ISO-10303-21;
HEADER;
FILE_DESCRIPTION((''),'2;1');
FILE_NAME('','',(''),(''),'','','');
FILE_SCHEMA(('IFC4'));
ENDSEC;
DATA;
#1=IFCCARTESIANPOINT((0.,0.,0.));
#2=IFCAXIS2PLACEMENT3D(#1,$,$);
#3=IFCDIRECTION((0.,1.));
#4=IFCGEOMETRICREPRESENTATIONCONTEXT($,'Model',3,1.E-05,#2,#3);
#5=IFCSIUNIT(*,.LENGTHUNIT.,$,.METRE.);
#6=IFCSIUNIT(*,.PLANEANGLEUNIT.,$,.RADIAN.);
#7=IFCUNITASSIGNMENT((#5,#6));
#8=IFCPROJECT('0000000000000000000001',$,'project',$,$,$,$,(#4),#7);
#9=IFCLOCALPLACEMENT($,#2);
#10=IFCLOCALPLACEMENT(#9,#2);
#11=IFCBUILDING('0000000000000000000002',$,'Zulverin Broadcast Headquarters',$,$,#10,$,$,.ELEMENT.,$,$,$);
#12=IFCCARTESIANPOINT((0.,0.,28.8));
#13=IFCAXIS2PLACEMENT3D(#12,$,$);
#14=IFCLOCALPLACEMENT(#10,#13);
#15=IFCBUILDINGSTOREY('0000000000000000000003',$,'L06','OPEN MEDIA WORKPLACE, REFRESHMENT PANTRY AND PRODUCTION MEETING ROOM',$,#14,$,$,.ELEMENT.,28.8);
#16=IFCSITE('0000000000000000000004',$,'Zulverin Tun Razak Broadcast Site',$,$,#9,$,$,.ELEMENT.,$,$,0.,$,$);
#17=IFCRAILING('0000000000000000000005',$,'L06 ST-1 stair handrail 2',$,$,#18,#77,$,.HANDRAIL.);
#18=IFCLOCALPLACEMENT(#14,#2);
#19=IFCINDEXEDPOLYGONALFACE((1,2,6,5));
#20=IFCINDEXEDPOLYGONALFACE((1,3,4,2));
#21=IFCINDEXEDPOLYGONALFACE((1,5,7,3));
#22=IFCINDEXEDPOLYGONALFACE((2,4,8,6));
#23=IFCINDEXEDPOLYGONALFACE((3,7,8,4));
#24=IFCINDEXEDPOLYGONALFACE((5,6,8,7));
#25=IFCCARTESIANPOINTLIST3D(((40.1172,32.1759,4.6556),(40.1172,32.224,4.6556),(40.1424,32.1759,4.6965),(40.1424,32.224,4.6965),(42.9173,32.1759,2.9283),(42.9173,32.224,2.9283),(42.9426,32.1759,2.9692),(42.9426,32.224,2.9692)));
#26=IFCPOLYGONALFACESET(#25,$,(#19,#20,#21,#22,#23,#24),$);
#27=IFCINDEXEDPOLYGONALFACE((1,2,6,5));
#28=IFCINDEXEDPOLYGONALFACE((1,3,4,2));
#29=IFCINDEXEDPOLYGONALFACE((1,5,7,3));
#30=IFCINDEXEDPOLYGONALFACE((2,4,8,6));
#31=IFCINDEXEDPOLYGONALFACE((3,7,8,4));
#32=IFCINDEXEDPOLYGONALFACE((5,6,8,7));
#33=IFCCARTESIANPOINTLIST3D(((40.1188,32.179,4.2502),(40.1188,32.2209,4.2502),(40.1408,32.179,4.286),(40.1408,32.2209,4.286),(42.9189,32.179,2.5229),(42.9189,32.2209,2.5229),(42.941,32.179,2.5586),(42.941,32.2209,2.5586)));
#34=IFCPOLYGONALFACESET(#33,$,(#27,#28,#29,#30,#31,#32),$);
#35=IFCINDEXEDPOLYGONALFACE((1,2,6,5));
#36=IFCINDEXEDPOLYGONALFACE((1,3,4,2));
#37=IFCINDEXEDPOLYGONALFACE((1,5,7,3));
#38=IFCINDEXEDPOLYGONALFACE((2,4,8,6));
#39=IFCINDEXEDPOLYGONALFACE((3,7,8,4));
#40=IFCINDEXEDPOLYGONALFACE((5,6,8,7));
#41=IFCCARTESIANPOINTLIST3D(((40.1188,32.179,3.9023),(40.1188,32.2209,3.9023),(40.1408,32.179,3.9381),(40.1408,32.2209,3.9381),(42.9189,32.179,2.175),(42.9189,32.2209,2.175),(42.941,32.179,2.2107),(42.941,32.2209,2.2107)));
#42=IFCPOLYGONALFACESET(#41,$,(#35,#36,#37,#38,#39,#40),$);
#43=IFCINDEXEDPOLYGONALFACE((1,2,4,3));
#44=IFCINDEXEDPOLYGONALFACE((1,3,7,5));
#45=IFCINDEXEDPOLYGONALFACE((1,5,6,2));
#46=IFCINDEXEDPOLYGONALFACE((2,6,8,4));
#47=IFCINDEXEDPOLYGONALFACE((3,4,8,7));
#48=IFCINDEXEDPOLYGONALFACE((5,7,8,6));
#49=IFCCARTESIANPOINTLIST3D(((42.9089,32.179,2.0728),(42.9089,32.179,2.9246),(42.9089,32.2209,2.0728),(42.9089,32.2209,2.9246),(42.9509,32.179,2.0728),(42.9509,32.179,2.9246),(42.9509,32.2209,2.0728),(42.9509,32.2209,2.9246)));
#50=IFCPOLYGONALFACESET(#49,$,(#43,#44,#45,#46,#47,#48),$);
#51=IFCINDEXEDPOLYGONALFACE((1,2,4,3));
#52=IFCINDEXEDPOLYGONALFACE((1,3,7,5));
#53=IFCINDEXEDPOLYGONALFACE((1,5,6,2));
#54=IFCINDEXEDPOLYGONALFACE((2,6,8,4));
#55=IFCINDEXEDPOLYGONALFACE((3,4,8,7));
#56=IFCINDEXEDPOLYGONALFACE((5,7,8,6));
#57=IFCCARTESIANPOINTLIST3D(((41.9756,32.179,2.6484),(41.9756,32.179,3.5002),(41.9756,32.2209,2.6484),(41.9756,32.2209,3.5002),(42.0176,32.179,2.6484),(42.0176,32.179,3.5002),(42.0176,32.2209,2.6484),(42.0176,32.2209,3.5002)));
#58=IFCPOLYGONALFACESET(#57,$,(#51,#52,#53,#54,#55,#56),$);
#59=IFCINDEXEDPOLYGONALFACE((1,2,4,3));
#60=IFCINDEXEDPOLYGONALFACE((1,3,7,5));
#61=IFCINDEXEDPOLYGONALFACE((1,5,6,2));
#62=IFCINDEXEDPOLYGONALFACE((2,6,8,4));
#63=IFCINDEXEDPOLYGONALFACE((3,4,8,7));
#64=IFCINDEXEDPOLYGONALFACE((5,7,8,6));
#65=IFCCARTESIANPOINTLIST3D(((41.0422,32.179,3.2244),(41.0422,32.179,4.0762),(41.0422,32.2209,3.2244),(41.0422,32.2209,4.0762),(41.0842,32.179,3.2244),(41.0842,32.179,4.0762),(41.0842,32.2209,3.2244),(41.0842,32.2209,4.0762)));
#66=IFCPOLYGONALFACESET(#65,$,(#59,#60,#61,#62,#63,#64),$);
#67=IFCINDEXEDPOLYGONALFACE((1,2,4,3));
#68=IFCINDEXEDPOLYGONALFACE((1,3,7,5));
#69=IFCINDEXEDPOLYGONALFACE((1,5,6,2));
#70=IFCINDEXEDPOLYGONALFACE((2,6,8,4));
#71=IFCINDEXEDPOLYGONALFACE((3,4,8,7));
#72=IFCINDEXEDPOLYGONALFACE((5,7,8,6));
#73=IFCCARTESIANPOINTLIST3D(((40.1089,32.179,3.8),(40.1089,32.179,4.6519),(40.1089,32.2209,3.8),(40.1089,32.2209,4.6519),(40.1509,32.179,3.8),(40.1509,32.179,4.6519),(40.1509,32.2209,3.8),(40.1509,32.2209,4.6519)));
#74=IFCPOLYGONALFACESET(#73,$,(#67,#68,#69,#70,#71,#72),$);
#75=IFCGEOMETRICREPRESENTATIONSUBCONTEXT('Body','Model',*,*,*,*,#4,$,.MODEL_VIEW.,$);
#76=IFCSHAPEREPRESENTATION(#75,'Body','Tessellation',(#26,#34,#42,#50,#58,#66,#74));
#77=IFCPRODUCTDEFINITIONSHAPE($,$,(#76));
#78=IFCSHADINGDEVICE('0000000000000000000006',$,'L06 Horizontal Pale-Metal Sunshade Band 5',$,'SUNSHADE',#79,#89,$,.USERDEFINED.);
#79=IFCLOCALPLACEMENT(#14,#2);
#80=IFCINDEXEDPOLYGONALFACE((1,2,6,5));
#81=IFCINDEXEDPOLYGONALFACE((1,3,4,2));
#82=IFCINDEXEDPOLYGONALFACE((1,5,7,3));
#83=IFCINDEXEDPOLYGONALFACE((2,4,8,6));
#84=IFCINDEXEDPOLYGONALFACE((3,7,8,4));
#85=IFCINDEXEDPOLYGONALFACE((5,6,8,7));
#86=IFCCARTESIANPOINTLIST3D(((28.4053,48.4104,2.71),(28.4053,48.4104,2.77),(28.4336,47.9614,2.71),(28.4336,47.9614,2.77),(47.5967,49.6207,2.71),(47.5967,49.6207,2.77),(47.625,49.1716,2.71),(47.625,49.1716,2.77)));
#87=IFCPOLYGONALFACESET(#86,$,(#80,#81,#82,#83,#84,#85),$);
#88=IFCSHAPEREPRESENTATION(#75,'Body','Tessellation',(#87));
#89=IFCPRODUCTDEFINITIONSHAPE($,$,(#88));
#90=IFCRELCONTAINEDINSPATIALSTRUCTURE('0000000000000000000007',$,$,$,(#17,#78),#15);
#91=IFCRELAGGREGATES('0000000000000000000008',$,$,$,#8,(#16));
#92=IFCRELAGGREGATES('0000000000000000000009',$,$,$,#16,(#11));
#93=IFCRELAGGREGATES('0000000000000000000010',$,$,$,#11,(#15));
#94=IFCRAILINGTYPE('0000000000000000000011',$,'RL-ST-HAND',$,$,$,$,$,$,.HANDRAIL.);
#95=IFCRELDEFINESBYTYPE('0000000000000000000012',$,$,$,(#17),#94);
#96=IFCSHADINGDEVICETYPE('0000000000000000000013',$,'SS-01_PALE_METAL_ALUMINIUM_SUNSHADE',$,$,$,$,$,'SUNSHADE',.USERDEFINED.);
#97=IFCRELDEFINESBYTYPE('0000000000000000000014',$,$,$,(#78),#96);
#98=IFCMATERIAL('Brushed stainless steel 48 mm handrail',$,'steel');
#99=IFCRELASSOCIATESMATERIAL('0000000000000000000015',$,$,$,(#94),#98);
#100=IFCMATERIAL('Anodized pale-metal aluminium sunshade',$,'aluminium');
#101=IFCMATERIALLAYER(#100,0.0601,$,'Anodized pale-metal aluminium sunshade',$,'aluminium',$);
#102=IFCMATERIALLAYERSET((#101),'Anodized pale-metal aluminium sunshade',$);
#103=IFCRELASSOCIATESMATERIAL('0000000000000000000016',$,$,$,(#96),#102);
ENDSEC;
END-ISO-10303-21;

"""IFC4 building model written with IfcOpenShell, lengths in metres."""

from ifc_helpers import new_model, si_unit, direction, frame, origin, origin_2d, place, context, subcontext, project, spatial, rectangle, extrude, material, layer, layer_set, type_object, element, save


model = new_model("IFC4")

# Units and contexts
model_context = context("Model", 3, precision=1e-05, world=origin(), true_north=direction((0.0, 1.0)))
body_context = subcontext(model_context, "Body", "Model", "MODEL_VIEW")
ifc_project = project(units=[si_unit("LENGTHUNIT", "METRE"), si_unit("PLANEANGLEUNIT", "RADIAN")], contexts=[model_context])

# Site, building, storey
site_placement = place(None, origin())
site = spatial("IfcSite", under=ifc_project, at=site_placement, Name="Zulverin Tun Razak Broadcast Site", CompositionType="ELEMENT", RefElevation=0.0)
building_placement = place(site_placement, origin())
building = spatial("IfcBuilding", under=site, at=building_placement, Name="Zulverin Broadcast Headquarters", CompositionType="ELEMENT")
storey_placement = place(building_placement, frame((0.0, 0.0, 28.8)))
storey = spatial("IfcBuildingStorey", under=building, at=storey_placement, Name="L06", Description="OPEN MEDIA WORKPLACE, REFRESHMENT PANTRY AND PRODUCTION MEETING ROOM", CompositionType="ELEMENT", Elevation=28.8)

# Railing
ifc_material_1 = material(Name="Brushed stainless steel 48 mm handrail", Category="steel")
railing_type_1 = type_object("IfcRailingType", Name="RL-ST-HAND", PredefinedType="HANDRAIL", material=ifc_material_1)
railing_1_placement = place(storey_placement, frame((42.9299, 32.2, 2.0728)))
element("IfcRailing", 1, at=railing_1_placement, inside=storey, type_object=railing_type_1, Name="L06 ST-1 stair handrail 2", PredefinedType="HANDRAIL", context=body_context, shape_type="SweptSolid", body=[
    extrude(rectangle(XDim=0.0481, YDim=0.0481, at=origin_2d()), frame((0.0, 0.0, 0.876), z_axis=(-0.85109, 0.0, 0.52502), x_axis=(0.0, -1.0, 0.0)), (0.0, 0.0, 1.0), 3.29),
    extrude(rectangle(XDim=0.042, YDim=0.042, at=origin_2d()), frame((0.0, 0.0, 0.468), z_axis=(-0.85109, 0.0, 0.52502), x_axis=(0.0, -1.0, 0.0)), (0.0, 0.0, 1.0), 3.29),
    extrude(rectangle(XDim=0.042, YDim=0.042, at=origin_2d()), frame((0.0, 0.0, 0.1201), z_axis=(-0.85109, 0.0, 0.52502), x_axis=(0.0, -1.0, 0.0)), (0.0, 0.0, 1.0), 3.29),
    extrude(rectangle(XDim=0.042, YDim=0.042, at=origin_2d()), origin(), (0.0, 0.0, 1.0), 0.8518),
    extrude(rectangle(XDim=0.042, YDim=0.042, at=origin_2d()), frame((-0.9333, 0.0, 0.5757)), (0.0, 0.0, 1.0), 0.8518),
    extrude(rectangle(XDim=0.042, YDim=0.042, at=origin_2d()), frame((-1.8667, 0.0, 1.1516)), (0.0, 0.0, 1.0), 0.8518),
    extrude(rectangle(XDim=0.042, YDim=0.042, at=origin_2d()), frame((-2.8, 0.0, 1.7273)), (0.0, 0.0, 1.0), 0.8518),
])

# Shading device
ifc_material_2 = material(Name="Anodized pale-metal aluminium sunshade", Category="aluminium")
ifc_layer_1 = layer(ifc_material_2, 0.0601, Name="Anodized pale-metal aluminium sunshade", Category="aluminium")
ifc_layer_set_1 = layer_set([ifc_layer_1], Name="Anodized pale-metal aluminium sunshade")
shading_device_type = type_object("IfcShadingDeviceType", Name="SS-01_PALE_METAL_ALUMINIUM_SUNSHADE", ElementType="SUNSHADE", PredefinedType="USERDEFINED", material=ifc_layer_set_1)
shading_device_placement = place(storey_placement, frame((38.0151, 48.791, 2.71), z_axis=(0.0, 0.0, 1.0), x_axis=(-0.998018, -0.062935, 0.0)))
element("IfcShadingDevice", 2, at=shading_device_placement, inside=storey, type_object=shading_device_type, Name="L06 Horizontal Pale-Metal Sunshade Band 5", ObjectType="SUNSHADE", PredefinedType="USERDEFINED", context=body_context, shape_type="SweptSolid", body=[
    extrude(rectangle(XDim=19.2295, YDim=0.45, at=origin_2d()), origin(), (0.0, 0.0, 1.0), 0.0601),
])

save(model, "model.ifc")
